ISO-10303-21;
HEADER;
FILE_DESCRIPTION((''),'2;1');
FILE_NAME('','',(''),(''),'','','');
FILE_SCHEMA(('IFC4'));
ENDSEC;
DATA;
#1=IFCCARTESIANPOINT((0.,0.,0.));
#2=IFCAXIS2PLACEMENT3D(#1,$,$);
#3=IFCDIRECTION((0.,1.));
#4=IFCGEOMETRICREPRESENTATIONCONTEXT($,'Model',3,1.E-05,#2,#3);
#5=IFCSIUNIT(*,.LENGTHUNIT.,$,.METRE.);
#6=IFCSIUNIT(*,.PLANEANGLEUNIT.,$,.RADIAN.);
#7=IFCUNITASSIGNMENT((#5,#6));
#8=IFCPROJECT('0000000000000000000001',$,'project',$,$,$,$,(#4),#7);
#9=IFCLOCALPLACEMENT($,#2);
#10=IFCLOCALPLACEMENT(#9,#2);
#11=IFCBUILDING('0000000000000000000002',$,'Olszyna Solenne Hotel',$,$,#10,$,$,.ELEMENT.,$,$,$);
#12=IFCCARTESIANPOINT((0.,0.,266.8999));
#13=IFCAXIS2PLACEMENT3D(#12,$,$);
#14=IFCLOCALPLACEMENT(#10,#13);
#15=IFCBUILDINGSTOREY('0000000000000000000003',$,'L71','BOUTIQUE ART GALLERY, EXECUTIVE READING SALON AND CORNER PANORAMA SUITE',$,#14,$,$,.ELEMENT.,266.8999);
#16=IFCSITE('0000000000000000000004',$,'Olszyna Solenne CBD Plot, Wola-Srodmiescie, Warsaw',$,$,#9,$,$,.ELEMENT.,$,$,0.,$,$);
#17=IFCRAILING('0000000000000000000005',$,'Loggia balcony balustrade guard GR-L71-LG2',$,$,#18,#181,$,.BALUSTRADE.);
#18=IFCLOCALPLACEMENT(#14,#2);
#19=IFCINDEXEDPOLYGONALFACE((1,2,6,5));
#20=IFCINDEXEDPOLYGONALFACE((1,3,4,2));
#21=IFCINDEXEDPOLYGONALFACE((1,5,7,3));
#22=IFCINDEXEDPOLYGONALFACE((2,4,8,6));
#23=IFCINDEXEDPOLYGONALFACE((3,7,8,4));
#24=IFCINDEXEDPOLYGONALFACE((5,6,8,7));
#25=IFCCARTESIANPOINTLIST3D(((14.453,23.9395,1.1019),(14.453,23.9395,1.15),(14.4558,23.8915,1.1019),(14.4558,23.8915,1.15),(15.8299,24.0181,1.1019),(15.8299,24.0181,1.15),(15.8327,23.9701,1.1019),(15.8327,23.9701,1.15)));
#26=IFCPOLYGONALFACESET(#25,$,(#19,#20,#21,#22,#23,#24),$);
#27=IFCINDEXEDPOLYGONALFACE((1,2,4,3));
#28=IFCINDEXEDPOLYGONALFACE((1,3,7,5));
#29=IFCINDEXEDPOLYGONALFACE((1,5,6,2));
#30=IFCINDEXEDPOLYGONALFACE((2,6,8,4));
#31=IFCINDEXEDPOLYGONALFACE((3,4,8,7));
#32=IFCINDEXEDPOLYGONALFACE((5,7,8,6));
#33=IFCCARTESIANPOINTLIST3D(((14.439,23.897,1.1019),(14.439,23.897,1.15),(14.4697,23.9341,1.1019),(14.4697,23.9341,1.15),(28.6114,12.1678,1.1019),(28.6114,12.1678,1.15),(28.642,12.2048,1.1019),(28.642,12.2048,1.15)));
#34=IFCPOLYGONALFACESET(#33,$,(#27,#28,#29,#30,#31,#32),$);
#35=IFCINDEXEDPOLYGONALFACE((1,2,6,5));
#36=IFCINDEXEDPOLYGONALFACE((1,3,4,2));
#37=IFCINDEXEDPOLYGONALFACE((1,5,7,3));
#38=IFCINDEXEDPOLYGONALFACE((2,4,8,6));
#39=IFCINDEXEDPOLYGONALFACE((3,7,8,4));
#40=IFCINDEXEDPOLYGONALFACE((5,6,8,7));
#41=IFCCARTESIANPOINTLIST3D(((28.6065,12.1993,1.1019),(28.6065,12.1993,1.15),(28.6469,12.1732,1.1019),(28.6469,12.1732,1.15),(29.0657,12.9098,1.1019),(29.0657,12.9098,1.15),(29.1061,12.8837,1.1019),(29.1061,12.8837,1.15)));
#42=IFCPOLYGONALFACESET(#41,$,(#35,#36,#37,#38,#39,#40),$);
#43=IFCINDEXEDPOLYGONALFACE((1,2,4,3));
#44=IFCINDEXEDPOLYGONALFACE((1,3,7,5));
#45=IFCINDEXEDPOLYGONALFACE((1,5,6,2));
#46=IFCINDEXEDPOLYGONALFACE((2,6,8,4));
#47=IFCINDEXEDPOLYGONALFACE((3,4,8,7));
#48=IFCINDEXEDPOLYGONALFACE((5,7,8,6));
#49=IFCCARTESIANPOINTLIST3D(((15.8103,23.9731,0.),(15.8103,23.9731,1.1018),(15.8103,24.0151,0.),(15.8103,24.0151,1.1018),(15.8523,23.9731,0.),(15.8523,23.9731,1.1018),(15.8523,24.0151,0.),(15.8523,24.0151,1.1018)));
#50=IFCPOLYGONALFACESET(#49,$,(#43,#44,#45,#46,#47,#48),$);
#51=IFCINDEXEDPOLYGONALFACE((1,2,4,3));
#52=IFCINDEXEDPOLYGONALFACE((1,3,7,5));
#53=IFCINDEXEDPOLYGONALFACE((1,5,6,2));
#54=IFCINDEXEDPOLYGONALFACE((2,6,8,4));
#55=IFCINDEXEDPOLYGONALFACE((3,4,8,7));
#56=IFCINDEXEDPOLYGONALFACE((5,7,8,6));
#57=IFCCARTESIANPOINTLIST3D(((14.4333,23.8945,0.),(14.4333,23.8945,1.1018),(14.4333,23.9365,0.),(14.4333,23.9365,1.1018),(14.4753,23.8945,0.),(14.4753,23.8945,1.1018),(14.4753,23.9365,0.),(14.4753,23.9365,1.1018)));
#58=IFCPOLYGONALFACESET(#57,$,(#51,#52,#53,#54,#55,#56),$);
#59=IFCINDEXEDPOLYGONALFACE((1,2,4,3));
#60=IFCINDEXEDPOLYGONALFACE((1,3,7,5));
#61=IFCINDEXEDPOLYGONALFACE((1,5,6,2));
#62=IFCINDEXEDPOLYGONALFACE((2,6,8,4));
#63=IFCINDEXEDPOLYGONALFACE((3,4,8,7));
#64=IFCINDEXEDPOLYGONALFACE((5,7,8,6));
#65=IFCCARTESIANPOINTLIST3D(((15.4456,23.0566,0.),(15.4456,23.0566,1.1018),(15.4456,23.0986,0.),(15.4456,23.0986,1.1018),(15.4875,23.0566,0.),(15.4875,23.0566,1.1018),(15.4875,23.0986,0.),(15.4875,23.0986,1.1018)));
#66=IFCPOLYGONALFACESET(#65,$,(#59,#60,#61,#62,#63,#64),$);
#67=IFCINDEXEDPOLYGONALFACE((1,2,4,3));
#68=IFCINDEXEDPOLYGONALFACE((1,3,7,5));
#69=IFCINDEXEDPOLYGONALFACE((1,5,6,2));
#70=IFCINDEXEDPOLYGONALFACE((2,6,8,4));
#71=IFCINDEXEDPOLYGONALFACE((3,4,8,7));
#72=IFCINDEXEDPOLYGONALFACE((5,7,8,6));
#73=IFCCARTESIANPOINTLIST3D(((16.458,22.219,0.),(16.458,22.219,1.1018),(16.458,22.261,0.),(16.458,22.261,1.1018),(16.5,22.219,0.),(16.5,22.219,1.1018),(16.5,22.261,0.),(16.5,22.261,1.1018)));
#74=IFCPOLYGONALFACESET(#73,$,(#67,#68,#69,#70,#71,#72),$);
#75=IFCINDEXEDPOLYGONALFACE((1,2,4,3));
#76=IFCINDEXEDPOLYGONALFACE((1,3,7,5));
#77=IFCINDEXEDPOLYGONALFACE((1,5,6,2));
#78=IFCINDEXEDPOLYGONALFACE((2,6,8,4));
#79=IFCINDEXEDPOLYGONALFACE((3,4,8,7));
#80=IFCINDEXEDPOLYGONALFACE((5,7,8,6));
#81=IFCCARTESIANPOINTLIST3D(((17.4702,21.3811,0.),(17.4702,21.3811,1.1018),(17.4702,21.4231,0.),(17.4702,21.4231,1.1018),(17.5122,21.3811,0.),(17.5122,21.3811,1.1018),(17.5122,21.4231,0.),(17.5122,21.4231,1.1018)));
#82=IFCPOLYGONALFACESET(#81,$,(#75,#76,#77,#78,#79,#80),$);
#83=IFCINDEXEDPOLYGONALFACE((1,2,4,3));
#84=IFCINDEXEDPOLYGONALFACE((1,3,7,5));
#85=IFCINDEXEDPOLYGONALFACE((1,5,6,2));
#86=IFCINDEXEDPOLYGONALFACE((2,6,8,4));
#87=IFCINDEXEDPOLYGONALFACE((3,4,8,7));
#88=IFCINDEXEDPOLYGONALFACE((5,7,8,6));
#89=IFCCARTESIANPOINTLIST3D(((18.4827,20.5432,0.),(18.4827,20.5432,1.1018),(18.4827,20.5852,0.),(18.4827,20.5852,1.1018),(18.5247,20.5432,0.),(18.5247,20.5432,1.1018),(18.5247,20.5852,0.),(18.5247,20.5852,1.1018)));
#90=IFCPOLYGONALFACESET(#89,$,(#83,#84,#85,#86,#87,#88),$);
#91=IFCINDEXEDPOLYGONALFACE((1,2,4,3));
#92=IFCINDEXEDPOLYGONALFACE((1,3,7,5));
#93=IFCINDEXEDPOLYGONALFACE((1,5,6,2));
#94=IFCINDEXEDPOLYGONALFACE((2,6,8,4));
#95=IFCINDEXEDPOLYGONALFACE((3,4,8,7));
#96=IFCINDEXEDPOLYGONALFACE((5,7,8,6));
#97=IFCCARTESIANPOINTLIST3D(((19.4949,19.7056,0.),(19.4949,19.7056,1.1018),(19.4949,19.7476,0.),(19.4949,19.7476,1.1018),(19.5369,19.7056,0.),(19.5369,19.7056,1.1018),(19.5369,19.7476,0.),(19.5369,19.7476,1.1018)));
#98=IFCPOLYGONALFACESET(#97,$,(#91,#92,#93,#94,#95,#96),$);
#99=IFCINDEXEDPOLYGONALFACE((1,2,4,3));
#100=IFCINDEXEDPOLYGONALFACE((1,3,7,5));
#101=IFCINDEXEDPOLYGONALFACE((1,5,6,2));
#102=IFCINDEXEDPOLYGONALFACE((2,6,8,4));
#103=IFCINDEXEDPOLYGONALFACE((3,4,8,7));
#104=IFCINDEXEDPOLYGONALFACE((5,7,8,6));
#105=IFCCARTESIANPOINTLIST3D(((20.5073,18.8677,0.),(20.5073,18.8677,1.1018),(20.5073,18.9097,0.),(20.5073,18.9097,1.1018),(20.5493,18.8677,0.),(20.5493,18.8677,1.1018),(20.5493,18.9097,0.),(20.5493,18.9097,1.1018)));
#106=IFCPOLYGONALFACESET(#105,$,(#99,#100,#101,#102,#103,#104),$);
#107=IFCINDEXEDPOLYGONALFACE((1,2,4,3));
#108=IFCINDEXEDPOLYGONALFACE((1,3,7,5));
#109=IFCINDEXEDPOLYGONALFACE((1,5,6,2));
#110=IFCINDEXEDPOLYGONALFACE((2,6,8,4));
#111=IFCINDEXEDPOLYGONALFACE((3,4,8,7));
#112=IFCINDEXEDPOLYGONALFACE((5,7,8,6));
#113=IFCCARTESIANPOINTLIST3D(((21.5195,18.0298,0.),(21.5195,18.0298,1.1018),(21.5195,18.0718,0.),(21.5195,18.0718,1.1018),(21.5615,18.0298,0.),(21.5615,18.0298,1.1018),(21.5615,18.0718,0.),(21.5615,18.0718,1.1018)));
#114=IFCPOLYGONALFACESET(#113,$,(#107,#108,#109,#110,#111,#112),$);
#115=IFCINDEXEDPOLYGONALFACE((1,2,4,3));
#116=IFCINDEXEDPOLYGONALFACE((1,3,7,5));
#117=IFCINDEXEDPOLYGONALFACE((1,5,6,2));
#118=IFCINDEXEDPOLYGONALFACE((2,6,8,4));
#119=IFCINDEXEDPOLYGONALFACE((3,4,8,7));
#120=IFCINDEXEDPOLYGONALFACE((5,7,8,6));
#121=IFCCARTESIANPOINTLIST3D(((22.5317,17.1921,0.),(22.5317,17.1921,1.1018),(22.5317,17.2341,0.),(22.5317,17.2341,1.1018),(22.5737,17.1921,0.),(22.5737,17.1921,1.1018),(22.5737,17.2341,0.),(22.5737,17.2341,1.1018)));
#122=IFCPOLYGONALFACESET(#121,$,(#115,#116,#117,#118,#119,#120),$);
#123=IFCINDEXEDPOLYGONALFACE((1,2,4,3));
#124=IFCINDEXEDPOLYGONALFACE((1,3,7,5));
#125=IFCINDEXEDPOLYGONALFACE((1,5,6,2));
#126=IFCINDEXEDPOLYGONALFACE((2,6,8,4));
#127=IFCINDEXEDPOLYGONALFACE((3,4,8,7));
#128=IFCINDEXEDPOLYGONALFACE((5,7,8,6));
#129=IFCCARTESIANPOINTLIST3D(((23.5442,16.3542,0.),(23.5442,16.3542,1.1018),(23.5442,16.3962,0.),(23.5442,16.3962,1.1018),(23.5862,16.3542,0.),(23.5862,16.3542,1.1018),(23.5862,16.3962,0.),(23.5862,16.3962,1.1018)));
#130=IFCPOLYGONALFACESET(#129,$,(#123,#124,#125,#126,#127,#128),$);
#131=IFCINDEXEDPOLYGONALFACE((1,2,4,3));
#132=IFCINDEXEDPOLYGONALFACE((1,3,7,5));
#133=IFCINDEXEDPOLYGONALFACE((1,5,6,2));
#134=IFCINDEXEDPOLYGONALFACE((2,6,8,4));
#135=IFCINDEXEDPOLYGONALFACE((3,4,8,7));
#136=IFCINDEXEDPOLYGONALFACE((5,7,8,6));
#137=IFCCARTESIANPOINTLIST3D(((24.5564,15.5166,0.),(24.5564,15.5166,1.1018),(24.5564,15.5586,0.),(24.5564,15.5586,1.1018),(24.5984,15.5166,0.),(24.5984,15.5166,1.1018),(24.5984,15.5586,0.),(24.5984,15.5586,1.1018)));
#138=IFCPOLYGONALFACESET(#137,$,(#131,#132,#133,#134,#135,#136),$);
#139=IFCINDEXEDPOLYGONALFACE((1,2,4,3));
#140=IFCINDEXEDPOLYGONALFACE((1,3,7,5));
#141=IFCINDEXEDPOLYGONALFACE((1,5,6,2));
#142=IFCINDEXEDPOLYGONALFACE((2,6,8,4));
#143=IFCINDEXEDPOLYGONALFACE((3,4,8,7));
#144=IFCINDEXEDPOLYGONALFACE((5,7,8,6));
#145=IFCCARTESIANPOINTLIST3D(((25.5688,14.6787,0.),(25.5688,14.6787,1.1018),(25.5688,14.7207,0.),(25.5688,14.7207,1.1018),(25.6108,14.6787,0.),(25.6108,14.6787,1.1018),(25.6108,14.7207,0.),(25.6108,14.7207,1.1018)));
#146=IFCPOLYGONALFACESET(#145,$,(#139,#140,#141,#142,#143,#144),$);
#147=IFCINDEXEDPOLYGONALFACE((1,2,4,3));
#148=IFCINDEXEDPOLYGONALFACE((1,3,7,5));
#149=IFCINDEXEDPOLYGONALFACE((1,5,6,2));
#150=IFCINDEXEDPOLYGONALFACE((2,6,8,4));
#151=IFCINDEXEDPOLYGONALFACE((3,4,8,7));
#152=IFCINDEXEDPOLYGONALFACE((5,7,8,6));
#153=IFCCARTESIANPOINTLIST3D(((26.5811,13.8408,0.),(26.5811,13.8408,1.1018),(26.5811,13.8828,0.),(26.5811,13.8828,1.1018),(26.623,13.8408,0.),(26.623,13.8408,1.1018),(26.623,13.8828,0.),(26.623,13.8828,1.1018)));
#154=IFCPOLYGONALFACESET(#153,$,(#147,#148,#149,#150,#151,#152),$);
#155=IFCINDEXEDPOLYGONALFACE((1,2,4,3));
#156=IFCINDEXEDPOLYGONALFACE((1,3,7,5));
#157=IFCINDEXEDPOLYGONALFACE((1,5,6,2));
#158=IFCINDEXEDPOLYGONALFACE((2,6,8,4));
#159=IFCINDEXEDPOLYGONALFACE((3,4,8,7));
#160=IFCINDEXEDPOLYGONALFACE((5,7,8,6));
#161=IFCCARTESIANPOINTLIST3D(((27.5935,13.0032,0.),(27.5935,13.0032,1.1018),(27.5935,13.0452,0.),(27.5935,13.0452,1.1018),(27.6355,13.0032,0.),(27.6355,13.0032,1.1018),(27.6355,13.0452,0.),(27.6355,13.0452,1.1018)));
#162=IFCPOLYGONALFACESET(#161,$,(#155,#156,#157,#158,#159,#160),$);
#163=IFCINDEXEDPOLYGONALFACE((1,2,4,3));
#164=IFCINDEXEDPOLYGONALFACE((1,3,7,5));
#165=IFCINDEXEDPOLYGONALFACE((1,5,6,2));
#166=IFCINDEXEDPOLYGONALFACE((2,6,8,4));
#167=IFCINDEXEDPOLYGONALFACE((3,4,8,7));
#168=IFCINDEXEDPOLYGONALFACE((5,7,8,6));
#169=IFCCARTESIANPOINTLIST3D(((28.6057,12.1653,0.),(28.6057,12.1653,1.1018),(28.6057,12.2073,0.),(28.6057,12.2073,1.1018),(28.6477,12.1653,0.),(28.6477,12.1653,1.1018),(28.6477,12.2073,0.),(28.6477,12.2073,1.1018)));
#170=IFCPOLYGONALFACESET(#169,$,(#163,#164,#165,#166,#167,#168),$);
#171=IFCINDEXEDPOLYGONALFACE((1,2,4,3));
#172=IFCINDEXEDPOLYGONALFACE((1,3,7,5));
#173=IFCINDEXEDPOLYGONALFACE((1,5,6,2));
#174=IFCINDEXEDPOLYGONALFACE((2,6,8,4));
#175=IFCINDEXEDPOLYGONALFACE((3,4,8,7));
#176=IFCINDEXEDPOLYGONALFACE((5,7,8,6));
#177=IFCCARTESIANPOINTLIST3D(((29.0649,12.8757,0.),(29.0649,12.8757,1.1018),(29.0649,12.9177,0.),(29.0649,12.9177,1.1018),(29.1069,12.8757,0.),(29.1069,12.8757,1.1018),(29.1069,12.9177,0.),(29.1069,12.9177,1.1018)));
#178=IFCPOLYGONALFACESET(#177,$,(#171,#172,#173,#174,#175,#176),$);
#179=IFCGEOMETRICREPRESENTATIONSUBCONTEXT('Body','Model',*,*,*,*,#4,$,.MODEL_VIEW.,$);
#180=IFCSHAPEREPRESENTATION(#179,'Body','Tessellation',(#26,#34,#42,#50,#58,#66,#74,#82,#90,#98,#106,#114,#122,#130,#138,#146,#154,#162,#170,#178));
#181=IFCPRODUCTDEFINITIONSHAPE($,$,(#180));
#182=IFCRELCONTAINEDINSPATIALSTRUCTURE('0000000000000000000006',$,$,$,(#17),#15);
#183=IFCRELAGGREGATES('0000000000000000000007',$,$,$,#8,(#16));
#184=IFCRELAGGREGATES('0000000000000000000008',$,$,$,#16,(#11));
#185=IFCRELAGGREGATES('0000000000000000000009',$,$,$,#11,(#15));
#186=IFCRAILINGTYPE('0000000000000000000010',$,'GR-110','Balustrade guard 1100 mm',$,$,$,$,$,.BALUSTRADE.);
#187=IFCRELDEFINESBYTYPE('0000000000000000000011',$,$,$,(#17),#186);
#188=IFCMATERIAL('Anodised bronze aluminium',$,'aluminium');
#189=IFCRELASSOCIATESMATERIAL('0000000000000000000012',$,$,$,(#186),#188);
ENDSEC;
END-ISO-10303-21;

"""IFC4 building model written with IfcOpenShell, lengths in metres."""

from ifc_helpers import new_model, si_unit, direction, frame, origin, origin_2d, place, context, subcontext, project, spatial, rectangle, extrude, material, type_object, element, save


model = new_model("IFC4")

# Units and contexts
model_context = context("Model", 3, precision=1e-05, world=origin(), true_north=direction((0.0, 1.0)))
body_context = subcontext(model_context, "Body", "Model", "MODEL_VIEW")
ifc_project = project(units=[si_unit("LENGTHUNIT", "METRE"), si_unit("PLANEANGLEUNIT", "RADIAN")], contexts=[model_context])

# Site, building, storey
site_placement = place(None, origin())
site = spatial("IfcSite", under=ifc_project, at=site_placement, Name="Olszyna Solenne CBD Plot, Wola-Srodmiescie, Warsaw", CompositionType="ELEMENT", RefElevation=0.0)
building_placement = place(site_placement, origin())
building = spatial("IfcBuilding", under=site, at=building_placement, Name="Olszyna Solenne Hotel", CompositionType="ELEMENT")
storey_placement = place(building_placement, frame((0.0, 0.0, 266.8999)))
storey = spatial("IfcBuildingStorey", under=building, at=storey_placement, Name="L71", Description="BOUTIQUE ART GALLERY, EXECUTIVE READING SALON AND CORNER PANORAMA SUITE", CompositionType="ELEMENT", Elevation=266.8999)

# Railing
ifc_material_1 = material(Name="Anodised bronze aluminium", Category="aluminium")
railing_type = type_object("IfcRailingType", Name="GR-110", Description="Balustrade guard 1100 mm", PredefinedType="BALUSTRADE", material=ifc_material_1)
railing_placement = place(storey_placement, frame((15.8313, 23.9941, 0.0)))
element("IfcRailing", 1, at=railing_placement, inside=storey, type_object=railing_type, Name="Loggia balcony balustrade guard GR-L71-LG2", PredefinedType="BALUSTRADE", context=body_context, shape_type="SweptSolid", body=[
    extrude(rectangle(XDim=0.0481, YDim=0.0481, at=origin_2d()), frame((0.0, 0.0, 1.126), z_axis=(-0.998374, -0.056999, 0.0), x_axis=(0.056999, -0.998374, 0.0)), (0.0, 0.0, 1.0), 1.3792),
    extrude(rectangle(XDim=0.0481, YDim=0.0481, at=origin_2d()), frame((-1.377, -0.0786, 1.126), z_axis=(0.770384, -0.63758, 0.0), x_axis=(0.63758, 0.770384, 0.0)), (0.0, 0.0, 1.0), 18.3965),
    extrude(rectangle(XDim=0.0481, YDim=0.0481, at=origin_2d()), frame((12.7954, -11.8079, 1.126), z_axis=(0.542856, 0.839826, 0.0), x_axis=(-0.839826, 0.542856, 0.0)), (0.0, 0.0, 1.0), 0.8459),
    extrude(rectangle(XDim=0.042, YDim=0.042, at=origin_2d()), origin(), (0.0, 0.0, 1.0), 1.1018),
    extrude(rectangle(XDim=0.042, YDim=0.042, at=origin_2d()), frame((-1.377, -0.0786, 0.0)), (0.0, 0.0, 1.0), 1.1018),
    extrude(rectangle(XDim=0.042, YDim=0.042, at=origin_2d()), frame((-0.3647, -0.9165, 0.0)), (0.0, 0.0, 1.0), 1.1018),
    extrude(rectangle(XDim=0.042, YDim=0.042, at=origin_2d()), frame((0.6477, -1.7542, 0.0)), (0.0, 0.0, 1.0), 1.1018),
    extrude(rectangle(XDim=0.042, YDim=0.042, at=origin_2d()), frame((1.6599, -2.592, 0.0)), (0.0, 0.0, 1.0), 1.1018),
    extrude(rectangle(XDim=0.042, YDim=0.042, at=origin_2d()), frame((2.6724, -3.4299, 0.0)), (0.0, 0.0, 1.0), 1.1018),
    extrude(rectangle(XDim=0.042, YDim=0.042, at=origin_2d()), frame((3.6846, -4.2676, 0.0)), (0.0, 0.0, 1.0), 1.1018),
    extrude(rectangle(XDim=0.042, YDim=0.042, at=origin_2d()), frame((4.697, -5.1055, 0.0)), (0.0, 0.0, 1.0), 1.1018),
    extrude(rectangle(XDim=0.042, YDim=0.042, at=origin_2d()), frame((5.7092, -5.9434, 0.0)), (0.0, 0.0, 1.0), 1.1018),
    extrude(rectangle(XDim=0.042, YDim=0.042, at=origin_2d()), frame((6.7214, -6.781, 0.0)), (0.0, 0.0, 1.0), 1.1018),
    extrude(rectangle(XDim=0.042, YDim=0.042, at=origin_2d()), frame((7.7339, -7.6189, 0.0)), (0.0, 0.0, 1.0), 1.1018),
    extrude(rectangle(XDim=0.042, YDim=0.042, at=origin_2d()), frame((8.7461, -8.4565, 0.0)), (0.0, 0.0, 1.0), 1.1018),
    extrude(rectangle(XDim=0.042, YDim=0.042, at=origin_2d()), frame((9.7585, -9.2944, 0.0)), (0.0, 0.0, 1.0), 1.1018),
    extrude(rectangle(XDim=0.042, YDim=0.042, at=origin_2d()), frame((10.7708, -10.1323, 0.0)), (0.0, 0.0, 1.0), 1.1018),
    extrude(rectangle(XDim=0.042, YDim=0.042, at=origin_2d()), frame((11.7832, -10.97, 0.0)), (0.0, 0.0, 1.0), 1.1018),
    extrude(rectangle(XDim=0.042, YDim=0.042, at=origin_2d()), frame((12.7954, -11.8079, 0.0)), (0.0, 0.0, 1.0), 1.1018),
    extrude(rectangle(XDim=0.042, YDim=0.042, at=origin_2d()), frame((13.2546, -11.0974, 0.0)), (0.0, 0.0, 1.0), 1.1018),
])

save(model, "model.ifc")
